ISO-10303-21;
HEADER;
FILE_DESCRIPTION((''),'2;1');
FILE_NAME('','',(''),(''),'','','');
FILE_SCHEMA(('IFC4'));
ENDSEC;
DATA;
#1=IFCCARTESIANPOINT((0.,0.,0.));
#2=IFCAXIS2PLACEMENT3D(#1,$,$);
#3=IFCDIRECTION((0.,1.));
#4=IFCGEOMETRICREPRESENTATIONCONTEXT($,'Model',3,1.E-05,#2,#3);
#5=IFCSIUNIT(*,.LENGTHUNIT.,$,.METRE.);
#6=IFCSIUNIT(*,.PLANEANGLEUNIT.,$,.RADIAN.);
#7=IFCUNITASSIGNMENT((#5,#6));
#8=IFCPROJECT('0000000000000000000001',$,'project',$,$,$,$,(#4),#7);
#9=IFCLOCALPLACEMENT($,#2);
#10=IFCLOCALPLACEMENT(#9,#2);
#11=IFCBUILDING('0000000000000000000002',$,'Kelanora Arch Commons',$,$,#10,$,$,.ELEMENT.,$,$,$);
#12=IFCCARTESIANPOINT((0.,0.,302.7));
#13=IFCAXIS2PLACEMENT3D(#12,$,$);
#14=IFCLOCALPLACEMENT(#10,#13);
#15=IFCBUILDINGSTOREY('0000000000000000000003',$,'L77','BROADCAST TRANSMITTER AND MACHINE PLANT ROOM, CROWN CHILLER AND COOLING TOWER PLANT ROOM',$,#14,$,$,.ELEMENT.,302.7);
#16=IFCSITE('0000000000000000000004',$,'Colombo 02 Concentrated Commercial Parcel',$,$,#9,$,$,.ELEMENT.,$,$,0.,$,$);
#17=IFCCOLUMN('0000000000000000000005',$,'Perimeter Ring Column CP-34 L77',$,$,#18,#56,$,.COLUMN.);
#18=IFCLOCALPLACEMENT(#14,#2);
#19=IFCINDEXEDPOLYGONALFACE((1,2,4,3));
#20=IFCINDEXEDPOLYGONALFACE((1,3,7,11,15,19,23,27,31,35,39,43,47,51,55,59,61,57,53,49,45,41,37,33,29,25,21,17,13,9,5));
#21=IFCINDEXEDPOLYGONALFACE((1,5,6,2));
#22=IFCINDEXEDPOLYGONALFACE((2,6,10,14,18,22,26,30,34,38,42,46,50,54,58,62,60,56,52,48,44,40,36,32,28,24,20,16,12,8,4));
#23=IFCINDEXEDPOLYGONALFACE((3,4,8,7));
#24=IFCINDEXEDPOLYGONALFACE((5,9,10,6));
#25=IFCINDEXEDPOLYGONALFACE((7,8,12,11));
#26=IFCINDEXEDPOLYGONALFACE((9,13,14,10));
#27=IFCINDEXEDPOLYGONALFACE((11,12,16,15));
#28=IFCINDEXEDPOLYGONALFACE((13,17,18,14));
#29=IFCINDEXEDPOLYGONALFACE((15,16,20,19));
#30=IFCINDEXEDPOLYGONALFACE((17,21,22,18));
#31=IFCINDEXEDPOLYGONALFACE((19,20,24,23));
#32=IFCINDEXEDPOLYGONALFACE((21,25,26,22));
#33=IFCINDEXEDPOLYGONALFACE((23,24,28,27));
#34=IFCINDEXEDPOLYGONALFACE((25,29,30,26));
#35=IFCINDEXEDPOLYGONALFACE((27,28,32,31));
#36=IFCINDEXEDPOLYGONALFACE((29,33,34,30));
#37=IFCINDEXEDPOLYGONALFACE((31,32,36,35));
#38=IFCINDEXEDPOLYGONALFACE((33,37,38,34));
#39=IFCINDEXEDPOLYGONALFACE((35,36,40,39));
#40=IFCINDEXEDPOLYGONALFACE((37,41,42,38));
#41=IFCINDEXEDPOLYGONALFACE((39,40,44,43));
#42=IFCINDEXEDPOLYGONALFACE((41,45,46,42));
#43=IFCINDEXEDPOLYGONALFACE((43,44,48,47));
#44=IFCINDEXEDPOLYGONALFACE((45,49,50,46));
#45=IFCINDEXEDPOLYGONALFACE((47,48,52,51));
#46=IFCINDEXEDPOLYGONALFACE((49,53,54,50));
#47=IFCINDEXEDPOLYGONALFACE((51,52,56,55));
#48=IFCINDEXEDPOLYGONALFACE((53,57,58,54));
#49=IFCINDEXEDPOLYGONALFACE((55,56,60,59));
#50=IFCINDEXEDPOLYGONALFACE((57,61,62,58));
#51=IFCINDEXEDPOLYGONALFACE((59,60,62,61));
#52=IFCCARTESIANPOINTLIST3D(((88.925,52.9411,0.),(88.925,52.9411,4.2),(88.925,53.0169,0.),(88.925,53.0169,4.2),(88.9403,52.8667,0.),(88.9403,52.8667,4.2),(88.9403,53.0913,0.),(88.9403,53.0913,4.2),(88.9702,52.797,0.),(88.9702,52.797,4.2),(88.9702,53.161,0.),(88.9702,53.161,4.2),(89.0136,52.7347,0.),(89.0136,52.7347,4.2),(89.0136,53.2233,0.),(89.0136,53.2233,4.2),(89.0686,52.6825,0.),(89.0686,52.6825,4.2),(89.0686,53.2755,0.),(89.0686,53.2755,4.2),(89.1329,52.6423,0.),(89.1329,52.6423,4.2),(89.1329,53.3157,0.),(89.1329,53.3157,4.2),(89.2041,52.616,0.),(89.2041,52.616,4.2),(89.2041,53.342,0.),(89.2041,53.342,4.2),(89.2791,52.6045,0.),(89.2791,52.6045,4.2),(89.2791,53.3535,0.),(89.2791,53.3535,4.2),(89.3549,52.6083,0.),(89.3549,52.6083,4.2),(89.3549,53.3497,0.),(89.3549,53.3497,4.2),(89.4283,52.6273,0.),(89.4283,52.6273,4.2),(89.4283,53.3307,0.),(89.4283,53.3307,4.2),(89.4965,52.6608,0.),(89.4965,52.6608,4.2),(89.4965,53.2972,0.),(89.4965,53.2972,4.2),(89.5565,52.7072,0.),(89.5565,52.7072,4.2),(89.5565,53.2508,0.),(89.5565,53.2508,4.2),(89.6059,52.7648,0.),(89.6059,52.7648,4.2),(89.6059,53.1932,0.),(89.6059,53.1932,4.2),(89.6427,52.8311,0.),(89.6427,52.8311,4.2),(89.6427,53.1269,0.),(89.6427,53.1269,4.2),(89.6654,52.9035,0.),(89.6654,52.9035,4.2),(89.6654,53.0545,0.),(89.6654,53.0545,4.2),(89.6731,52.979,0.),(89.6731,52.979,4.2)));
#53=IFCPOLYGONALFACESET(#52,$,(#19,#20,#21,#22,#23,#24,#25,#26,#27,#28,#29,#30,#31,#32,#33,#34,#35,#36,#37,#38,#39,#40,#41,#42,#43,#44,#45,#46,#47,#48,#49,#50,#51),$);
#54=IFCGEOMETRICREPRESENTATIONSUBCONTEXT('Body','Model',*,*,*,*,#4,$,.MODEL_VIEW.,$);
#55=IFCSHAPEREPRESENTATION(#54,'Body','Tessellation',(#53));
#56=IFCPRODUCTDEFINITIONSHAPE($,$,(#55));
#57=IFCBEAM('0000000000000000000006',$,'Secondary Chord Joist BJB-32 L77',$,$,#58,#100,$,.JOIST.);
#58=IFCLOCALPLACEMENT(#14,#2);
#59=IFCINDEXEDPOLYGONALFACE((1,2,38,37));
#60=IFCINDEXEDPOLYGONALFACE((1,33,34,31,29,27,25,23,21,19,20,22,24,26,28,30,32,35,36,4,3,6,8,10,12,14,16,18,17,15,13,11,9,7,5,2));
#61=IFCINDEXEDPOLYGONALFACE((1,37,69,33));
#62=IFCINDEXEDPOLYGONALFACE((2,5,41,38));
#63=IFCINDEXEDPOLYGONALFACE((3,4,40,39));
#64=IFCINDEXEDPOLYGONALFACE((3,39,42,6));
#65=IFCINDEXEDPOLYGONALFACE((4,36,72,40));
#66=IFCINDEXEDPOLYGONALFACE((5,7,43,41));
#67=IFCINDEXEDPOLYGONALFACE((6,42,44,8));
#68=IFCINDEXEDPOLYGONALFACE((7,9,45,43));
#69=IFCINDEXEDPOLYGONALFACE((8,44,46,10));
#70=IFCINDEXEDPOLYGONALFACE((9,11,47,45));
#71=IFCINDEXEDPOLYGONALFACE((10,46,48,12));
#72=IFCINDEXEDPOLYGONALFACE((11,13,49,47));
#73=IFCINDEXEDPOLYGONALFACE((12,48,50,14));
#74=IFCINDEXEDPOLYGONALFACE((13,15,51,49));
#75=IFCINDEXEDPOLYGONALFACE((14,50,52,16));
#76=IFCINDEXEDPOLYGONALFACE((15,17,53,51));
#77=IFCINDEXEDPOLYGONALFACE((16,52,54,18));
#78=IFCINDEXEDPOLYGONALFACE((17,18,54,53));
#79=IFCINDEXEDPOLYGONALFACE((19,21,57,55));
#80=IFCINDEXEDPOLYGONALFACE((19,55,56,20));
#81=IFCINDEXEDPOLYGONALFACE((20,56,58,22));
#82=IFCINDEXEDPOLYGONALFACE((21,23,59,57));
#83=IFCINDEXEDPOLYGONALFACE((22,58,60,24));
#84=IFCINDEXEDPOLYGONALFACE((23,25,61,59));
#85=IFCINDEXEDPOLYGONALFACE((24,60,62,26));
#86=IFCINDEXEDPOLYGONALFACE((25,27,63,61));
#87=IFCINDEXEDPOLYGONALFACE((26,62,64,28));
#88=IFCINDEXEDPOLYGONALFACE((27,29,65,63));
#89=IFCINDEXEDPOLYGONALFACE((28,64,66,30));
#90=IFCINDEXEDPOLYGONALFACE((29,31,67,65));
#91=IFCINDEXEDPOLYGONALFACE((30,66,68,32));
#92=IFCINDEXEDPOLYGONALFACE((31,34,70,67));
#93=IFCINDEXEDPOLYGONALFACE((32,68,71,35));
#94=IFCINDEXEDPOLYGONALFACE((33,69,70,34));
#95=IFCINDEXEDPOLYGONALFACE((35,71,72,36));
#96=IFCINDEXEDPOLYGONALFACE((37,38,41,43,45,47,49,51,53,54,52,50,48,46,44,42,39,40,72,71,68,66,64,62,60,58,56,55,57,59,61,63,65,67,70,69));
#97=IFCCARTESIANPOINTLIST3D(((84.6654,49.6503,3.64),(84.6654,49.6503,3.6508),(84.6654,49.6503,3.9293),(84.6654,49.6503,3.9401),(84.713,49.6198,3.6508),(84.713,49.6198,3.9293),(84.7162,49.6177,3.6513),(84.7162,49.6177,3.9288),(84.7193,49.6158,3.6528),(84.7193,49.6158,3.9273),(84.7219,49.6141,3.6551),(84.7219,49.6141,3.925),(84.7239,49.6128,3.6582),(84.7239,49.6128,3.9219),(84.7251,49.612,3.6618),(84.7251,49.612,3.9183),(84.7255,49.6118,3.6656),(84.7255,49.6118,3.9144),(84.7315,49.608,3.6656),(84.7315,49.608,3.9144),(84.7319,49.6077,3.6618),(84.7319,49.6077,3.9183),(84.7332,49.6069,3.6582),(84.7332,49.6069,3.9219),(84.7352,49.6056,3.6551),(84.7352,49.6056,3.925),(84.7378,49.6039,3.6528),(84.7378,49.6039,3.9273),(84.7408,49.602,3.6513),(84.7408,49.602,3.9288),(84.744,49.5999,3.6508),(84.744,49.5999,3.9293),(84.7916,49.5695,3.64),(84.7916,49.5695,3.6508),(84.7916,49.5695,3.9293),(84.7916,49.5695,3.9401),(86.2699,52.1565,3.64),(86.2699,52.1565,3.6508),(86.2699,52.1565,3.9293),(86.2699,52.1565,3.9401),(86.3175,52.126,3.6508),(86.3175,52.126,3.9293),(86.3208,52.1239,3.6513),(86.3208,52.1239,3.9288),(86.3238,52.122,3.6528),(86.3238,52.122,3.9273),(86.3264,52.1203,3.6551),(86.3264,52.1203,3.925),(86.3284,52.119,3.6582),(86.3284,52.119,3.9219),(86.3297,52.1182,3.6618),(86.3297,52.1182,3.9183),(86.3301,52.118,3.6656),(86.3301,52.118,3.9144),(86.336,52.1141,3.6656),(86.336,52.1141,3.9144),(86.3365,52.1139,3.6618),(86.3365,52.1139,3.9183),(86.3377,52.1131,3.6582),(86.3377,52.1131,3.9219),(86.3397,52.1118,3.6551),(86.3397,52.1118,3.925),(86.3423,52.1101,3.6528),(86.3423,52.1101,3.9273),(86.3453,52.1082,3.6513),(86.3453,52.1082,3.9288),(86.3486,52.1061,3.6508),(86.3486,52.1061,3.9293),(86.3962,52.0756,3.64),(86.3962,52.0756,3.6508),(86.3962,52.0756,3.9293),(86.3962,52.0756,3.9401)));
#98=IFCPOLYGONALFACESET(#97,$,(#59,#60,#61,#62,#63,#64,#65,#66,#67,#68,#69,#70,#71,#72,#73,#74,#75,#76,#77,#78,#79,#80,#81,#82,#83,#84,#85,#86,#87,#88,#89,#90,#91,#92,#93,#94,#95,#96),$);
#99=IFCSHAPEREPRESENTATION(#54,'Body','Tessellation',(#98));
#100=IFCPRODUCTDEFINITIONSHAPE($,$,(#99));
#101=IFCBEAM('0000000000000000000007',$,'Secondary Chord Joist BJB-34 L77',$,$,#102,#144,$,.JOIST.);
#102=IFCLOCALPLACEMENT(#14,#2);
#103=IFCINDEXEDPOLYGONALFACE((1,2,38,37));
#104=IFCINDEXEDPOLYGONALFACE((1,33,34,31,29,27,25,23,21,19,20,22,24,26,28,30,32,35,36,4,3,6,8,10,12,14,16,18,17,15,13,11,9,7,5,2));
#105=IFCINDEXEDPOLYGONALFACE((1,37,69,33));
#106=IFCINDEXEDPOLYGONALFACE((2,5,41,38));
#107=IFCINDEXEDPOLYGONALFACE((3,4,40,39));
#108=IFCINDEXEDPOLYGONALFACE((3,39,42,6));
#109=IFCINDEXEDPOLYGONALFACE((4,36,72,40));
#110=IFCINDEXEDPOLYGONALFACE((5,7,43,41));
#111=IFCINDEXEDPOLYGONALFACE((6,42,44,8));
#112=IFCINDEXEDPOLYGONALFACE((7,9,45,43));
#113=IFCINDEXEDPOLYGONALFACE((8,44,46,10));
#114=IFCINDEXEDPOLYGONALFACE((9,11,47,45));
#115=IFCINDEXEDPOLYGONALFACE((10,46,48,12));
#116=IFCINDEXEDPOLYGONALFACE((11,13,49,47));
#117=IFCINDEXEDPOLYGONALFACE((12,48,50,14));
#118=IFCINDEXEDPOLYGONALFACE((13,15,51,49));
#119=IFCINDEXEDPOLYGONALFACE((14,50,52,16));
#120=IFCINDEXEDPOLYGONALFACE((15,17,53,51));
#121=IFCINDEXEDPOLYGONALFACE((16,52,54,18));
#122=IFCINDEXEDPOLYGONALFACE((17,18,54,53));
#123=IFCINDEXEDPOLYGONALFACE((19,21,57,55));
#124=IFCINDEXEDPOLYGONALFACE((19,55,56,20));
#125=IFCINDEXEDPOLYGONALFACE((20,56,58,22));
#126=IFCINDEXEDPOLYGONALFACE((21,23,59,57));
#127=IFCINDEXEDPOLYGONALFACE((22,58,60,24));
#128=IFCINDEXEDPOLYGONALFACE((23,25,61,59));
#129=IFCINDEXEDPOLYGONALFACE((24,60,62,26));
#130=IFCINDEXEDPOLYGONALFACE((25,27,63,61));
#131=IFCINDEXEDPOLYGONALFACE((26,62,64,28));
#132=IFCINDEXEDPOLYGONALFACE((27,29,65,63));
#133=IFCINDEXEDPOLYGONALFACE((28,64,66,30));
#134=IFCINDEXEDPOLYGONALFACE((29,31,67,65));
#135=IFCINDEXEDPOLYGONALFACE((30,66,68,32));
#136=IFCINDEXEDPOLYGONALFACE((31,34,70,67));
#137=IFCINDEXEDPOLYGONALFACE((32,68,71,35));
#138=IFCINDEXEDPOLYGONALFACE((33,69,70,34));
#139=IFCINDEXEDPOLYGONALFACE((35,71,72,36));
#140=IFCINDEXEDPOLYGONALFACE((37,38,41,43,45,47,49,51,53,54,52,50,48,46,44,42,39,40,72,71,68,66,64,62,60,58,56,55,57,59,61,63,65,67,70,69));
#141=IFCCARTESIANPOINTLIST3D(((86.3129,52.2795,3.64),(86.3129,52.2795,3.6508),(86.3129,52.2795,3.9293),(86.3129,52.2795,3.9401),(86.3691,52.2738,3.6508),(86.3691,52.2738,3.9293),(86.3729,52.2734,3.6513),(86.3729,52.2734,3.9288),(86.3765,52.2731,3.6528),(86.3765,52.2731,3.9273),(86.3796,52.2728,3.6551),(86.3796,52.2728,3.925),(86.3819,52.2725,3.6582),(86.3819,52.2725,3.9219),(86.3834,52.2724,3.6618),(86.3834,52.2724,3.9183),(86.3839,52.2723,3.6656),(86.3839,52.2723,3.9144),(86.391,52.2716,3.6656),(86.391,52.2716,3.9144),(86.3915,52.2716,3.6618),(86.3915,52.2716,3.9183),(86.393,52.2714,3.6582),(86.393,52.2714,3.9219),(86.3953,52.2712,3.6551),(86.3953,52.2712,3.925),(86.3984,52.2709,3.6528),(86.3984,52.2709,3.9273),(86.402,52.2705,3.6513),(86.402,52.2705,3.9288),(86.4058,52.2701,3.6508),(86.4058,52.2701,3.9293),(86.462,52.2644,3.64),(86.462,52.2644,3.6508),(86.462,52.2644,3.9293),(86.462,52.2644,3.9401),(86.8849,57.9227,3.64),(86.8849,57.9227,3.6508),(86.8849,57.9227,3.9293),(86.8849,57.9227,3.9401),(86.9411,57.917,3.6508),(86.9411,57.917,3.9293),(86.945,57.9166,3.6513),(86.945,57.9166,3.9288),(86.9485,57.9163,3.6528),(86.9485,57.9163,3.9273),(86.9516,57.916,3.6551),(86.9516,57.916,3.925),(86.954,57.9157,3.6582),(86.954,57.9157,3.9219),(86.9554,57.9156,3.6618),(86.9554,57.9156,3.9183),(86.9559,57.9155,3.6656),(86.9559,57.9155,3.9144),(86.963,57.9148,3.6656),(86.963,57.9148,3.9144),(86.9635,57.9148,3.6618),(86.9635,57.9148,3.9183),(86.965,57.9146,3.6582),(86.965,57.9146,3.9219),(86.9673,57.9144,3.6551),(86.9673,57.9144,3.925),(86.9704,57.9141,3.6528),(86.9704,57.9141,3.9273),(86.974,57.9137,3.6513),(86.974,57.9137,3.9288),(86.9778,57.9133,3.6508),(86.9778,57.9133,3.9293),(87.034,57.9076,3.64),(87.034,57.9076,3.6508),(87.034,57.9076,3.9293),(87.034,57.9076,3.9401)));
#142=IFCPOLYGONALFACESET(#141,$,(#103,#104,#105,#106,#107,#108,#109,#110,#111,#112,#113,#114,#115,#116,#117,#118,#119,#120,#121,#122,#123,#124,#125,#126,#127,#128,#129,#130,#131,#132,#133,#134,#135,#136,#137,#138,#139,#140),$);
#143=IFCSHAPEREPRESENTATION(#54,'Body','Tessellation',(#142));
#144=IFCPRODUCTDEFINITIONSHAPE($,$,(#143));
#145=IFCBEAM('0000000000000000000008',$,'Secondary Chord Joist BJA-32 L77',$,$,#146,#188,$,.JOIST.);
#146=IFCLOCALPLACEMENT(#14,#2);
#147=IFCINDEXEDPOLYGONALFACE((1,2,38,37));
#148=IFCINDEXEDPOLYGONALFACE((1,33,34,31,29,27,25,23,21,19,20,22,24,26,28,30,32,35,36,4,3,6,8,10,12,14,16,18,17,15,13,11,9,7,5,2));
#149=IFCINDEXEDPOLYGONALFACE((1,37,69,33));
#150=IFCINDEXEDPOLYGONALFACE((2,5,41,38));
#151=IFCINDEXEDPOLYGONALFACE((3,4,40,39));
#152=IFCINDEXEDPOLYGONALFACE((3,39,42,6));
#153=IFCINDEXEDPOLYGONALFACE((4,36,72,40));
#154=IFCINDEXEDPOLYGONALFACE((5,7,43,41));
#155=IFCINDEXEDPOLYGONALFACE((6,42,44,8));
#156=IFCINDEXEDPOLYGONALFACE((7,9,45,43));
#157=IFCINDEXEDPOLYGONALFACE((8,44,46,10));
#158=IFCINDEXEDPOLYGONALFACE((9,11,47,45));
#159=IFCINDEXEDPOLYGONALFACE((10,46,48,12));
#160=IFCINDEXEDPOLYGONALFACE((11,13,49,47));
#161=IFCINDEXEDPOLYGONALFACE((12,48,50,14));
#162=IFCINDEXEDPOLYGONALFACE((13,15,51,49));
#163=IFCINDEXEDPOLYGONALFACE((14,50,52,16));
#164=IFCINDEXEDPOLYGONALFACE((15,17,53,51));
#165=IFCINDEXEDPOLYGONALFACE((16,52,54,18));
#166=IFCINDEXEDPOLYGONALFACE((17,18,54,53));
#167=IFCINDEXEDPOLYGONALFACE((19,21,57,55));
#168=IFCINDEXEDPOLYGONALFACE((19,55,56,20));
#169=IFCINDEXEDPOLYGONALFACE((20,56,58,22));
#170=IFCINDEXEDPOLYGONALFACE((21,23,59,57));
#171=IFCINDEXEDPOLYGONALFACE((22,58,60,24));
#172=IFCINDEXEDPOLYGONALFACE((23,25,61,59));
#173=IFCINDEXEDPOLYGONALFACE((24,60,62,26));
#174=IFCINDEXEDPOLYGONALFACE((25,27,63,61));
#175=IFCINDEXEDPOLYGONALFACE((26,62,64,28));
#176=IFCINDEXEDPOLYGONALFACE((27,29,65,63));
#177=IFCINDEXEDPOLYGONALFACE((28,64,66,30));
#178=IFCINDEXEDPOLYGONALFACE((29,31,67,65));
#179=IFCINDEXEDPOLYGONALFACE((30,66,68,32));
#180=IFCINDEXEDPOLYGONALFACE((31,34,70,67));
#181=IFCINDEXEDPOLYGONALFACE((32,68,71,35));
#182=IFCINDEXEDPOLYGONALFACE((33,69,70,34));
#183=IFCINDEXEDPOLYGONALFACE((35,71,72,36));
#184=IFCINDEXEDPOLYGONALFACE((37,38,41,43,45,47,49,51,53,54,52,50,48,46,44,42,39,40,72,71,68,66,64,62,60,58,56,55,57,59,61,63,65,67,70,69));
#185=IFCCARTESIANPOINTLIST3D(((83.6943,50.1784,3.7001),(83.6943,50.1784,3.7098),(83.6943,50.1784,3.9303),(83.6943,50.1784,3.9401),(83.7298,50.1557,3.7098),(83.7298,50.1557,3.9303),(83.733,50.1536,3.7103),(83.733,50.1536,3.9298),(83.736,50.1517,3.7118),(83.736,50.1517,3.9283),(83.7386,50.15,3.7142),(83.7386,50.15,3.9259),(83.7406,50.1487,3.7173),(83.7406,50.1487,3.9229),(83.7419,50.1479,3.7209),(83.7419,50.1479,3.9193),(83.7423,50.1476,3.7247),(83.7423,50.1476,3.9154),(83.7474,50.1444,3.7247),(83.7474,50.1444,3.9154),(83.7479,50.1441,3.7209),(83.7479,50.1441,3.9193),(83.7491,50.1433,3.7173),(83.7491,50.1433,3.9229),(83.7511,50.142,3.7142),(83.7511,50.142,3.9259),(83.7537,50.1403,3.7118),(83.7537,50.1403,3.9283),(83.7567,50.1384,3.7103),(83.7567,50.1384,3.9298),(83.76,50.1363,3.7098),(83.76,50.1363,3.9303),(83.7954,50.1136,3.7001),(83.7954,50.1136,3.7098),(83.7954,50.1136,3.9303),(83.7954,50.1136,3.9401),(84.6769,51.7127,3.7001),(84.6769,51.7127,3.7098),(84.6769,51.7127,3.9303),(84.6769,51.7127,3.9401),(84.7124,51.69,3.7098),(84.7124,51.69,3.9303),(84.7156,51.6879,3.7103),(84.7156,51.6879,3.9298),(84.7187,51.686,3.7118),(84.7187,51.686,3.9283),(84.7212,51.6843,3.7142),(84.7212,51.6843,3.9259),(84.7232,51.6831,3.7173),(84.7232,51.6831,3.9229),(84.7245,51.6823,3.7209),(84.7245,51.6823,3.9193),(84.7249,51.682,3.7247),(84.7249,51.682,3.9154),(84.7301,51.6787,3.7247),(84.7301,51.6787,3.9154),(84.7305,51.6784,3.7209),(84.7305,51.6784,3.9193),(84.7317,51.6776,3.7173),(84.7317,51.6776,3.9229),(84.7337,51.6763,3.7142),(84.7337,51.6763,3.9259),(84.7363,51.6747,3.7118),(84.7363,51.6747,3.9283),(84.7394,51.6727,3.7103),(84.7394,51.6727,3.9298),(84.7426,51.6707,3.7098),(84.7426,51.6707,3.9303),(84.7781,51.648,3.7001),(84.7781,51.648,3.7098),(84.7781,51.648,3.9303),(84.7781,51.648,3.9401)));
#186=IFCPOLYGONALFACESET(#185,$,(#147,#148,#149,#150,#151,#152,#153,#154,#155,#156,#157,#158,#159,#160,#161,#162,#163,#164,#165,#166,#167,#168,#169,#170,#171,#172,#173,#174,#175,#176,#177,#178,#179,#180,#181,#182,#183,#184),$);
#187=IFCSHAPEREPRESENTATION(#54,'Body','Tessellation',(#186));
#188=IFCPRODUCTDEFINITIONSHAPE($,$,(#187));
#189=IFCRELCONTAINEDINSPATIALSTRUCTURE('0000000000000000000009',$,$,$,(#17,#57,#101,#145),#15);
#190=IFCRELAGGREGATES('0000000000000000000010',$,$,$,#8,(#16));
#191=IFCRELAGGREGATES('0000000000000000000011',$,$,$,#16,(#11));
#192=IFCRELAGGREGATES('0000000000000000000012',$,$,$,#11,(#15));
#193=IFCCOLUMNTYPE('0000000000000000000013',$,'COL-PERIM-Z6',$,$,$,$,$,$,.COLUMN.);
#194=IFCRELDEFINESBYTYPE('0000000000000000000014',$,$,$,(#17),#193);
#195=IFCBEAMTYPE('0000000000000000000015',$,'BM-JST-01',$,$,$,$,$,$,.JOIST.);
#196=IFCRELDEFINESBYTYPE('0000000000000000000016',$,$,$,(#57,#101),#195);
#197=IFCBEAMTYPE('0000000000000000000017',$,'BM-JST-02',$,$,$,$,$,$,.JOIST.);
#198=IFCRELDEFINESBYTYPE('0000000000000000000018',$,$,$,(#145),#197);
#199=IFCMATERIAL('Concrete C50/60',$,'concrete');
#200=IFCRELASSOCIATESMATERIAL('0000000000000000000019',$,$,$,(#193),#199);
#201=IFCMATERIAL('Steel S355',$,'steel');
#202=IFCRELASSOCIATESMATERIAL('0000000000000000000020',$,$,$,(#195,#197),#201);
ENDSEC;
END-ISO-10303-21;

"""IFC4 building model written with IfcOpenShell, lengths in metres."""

from ifc_helpers import new_model, si_unit, direction, frame, origin, origin_2d, place, context, subcontext, project, spatial, circle, i_section, extrude, material, material_profile, profile_set, type_object, element, save


model = new_model("IFC4")

# Units and contexts
model_context = context("Model", 3, precision=1e-05, world=origin(), true_north=direction((0.0, 1.0)))
body_context = subcontext(model_context, "Body", "Model", "MODEL_VIEW")
ifc_project = project(units=[si_unit("LENGTHUNIT", "METRE"), si_unit("PLANEANGLEUNIT", "RADIAN")], contexts=[model_context])

# Site, building, storey
site_placement = place(None, origin())
site = spatial("IfcSite", under=ifc_project, at=site_placement, Name="Colombo 02 Concentrated Commercial Parcel", CompositionType="ELEMENT", RefElevation=0.0)
building_placement = place(site_placement, origin())
building = spatial("IfcBuilding", under=site, at=building_placement, Name="Kelanora Arch Commons", CompositionType="ELEMENT")
storey_placement = place(building_placement, frame((0.0, 0.0, 302.7)))
storey = spatial("IfcBuildingStorey", under=building, at=storey_placement, Name="L77", Description="BROADCAST TRANSMITTER AND MACHINE PLANT ROOM, CROWN CHILLER AND COOLING TOWER PLANT ROOM", CompositionType="ELEMENT", Elevation=302.7)

# Column
ifc_material_1 = material(Name="Concrete C50/60", Category="concrete")
ifc_material_profile_1 = material_profile(ifc_material_1, circle(Radius=0.375, at=origin_2d()), Name="RCC750")
ifc_profile_set_1 = profile_set([ifc_material_profile_1], Name="Concrete C50/60")
column_type = type_object("IfcColumnType", Name="COL-PERIM-Z6", PredefinedType="COLUMN", material=ifc_profile_set_1)
column_placement = place(storey_placement, frame((89.2981, 52.979, 0.0), z_axis=(0.0, 0.0, 1.0), x_axis=(1.0, 0.0, 0.0)))
element("IfcColumn", 1, at=column_placement, inside=storey, type_object=column_type, Name="Perimeter Ring Column CP-34 L77", PredefinedType="COLUMN", context=body_context, shape_type="SweptSolid", body=[
    extrude(circle(Radius=0.375, at=origin_2d()), origin(), (0.0, 0.0, 1.0), 4.2),
])

# Beams
ifc_material_2 = material(Name="Steel S355", Category="steel")
ifc_material_profile_2 = material_profile(ifc_material_2, i_section(OverallWidth=0.1499, OverallDepth=0.3, WebThickness=0.0071, FlangeThickness=0.0107, FilletRadius=0.0149, at=origin_2d()), Name="IPE300")
ifc_profile_set_2 = profile_set([ifc_material_profile_2], Name="Steel S355")
beam_type_1 = type_object("IfcBeamType", Name="BM-JST-01", PredefinedType="JOIST", material=ifc_profile_set_2)
beam_1_placement = place(storey_placement, frame((84.7285, 49.6099, 3.79), z_axis=(0.539193, 0.842182, 0.0), x_axis=(-0.842182, 0.539193, 0.0)))
element("IfcBeam", 2, at=beam_1_placement, inside=storey, type_object=beam_type_1, Name="Secondary Chord Joist BJB-32 L77", PredefinedType="JOIST", context=body_context, shape_type="SweptSolid", body=[
    extrude(i_section(OverallWidth=0.1499, OverallDepth=0.3, WebThickness=0.0071, FlangeThickness=0.0107, FilletRadius=0.0149, at=origin_2d()), origin(), (0.0, 0.0, 1.0), 2.9758),
])
beam_2_placement = place(storey_placement, frame((86.3875, 52.272, 3.79), z_axis=(0.100846, 0.994902, 0.0), x_axis=(-0.994902, 0.100846, 0.0)))
element("IfcBeam", 3, at=beam_2_placement, inside=storey, type_object=beam_type_1, Name="Secondary Chord Joist BJB-34 L77", PredefinedType="JOIST", context=body_context, shape_type="SweptSolid", body=[
    extrude(i_section(OverallWidth=0.1499, OverallDepth=0.3, WebThickness=0.0071, FlangeThickness=0.0107, FilletRadius=0.0149, at=origin_2d()), origin(), (0.0, 0.0, 1.0), 5.6721),
])
ifc_material_profile_3 = material_profile(ifc_material_2, i_section(OverallWidth=0.1201, OverallDepth=0.24, WebThickness=0.0061, FlangeThickness=0.0098, FilletRadius=0.0149, at=origin_2d()), Name="IPE240")
ifc_profile_set_3 = profile_set([ifc_material_profile_3], Name="Steel S355")
beam_type_2 = type_object("IfcBeamType", Name="BM-JST-02", PredefinedType="JOIST", material=ifc_profile_set_3)
beam_3_placement = place(storey_placement, frame((83.7449, 50.146, 3.8201), z_axis=(0.539301, 0.842113, 0.0), x_axis=(-0.842113, 0.539301, 0.0)))
element("IfcBeam", 4, at=beam_3_placement, inside=storey, type_object=beam_type_2, Name="Secondary Chord Joist BJA-32 L77", PredefinedType="JOIST", context=body_context, shape_type="SweptSolid", body=[
    extrude(i_section(OverallWidth=0.1201, OverallDepth=0.24, WebThickness=0.0061, FlangeThickness=0.0098, FilletRadius=0.0149, at=origin_2d()), origin(), (0.0, 0.0, 1.0), 1.822),
])

save(model, "model.ifc")
